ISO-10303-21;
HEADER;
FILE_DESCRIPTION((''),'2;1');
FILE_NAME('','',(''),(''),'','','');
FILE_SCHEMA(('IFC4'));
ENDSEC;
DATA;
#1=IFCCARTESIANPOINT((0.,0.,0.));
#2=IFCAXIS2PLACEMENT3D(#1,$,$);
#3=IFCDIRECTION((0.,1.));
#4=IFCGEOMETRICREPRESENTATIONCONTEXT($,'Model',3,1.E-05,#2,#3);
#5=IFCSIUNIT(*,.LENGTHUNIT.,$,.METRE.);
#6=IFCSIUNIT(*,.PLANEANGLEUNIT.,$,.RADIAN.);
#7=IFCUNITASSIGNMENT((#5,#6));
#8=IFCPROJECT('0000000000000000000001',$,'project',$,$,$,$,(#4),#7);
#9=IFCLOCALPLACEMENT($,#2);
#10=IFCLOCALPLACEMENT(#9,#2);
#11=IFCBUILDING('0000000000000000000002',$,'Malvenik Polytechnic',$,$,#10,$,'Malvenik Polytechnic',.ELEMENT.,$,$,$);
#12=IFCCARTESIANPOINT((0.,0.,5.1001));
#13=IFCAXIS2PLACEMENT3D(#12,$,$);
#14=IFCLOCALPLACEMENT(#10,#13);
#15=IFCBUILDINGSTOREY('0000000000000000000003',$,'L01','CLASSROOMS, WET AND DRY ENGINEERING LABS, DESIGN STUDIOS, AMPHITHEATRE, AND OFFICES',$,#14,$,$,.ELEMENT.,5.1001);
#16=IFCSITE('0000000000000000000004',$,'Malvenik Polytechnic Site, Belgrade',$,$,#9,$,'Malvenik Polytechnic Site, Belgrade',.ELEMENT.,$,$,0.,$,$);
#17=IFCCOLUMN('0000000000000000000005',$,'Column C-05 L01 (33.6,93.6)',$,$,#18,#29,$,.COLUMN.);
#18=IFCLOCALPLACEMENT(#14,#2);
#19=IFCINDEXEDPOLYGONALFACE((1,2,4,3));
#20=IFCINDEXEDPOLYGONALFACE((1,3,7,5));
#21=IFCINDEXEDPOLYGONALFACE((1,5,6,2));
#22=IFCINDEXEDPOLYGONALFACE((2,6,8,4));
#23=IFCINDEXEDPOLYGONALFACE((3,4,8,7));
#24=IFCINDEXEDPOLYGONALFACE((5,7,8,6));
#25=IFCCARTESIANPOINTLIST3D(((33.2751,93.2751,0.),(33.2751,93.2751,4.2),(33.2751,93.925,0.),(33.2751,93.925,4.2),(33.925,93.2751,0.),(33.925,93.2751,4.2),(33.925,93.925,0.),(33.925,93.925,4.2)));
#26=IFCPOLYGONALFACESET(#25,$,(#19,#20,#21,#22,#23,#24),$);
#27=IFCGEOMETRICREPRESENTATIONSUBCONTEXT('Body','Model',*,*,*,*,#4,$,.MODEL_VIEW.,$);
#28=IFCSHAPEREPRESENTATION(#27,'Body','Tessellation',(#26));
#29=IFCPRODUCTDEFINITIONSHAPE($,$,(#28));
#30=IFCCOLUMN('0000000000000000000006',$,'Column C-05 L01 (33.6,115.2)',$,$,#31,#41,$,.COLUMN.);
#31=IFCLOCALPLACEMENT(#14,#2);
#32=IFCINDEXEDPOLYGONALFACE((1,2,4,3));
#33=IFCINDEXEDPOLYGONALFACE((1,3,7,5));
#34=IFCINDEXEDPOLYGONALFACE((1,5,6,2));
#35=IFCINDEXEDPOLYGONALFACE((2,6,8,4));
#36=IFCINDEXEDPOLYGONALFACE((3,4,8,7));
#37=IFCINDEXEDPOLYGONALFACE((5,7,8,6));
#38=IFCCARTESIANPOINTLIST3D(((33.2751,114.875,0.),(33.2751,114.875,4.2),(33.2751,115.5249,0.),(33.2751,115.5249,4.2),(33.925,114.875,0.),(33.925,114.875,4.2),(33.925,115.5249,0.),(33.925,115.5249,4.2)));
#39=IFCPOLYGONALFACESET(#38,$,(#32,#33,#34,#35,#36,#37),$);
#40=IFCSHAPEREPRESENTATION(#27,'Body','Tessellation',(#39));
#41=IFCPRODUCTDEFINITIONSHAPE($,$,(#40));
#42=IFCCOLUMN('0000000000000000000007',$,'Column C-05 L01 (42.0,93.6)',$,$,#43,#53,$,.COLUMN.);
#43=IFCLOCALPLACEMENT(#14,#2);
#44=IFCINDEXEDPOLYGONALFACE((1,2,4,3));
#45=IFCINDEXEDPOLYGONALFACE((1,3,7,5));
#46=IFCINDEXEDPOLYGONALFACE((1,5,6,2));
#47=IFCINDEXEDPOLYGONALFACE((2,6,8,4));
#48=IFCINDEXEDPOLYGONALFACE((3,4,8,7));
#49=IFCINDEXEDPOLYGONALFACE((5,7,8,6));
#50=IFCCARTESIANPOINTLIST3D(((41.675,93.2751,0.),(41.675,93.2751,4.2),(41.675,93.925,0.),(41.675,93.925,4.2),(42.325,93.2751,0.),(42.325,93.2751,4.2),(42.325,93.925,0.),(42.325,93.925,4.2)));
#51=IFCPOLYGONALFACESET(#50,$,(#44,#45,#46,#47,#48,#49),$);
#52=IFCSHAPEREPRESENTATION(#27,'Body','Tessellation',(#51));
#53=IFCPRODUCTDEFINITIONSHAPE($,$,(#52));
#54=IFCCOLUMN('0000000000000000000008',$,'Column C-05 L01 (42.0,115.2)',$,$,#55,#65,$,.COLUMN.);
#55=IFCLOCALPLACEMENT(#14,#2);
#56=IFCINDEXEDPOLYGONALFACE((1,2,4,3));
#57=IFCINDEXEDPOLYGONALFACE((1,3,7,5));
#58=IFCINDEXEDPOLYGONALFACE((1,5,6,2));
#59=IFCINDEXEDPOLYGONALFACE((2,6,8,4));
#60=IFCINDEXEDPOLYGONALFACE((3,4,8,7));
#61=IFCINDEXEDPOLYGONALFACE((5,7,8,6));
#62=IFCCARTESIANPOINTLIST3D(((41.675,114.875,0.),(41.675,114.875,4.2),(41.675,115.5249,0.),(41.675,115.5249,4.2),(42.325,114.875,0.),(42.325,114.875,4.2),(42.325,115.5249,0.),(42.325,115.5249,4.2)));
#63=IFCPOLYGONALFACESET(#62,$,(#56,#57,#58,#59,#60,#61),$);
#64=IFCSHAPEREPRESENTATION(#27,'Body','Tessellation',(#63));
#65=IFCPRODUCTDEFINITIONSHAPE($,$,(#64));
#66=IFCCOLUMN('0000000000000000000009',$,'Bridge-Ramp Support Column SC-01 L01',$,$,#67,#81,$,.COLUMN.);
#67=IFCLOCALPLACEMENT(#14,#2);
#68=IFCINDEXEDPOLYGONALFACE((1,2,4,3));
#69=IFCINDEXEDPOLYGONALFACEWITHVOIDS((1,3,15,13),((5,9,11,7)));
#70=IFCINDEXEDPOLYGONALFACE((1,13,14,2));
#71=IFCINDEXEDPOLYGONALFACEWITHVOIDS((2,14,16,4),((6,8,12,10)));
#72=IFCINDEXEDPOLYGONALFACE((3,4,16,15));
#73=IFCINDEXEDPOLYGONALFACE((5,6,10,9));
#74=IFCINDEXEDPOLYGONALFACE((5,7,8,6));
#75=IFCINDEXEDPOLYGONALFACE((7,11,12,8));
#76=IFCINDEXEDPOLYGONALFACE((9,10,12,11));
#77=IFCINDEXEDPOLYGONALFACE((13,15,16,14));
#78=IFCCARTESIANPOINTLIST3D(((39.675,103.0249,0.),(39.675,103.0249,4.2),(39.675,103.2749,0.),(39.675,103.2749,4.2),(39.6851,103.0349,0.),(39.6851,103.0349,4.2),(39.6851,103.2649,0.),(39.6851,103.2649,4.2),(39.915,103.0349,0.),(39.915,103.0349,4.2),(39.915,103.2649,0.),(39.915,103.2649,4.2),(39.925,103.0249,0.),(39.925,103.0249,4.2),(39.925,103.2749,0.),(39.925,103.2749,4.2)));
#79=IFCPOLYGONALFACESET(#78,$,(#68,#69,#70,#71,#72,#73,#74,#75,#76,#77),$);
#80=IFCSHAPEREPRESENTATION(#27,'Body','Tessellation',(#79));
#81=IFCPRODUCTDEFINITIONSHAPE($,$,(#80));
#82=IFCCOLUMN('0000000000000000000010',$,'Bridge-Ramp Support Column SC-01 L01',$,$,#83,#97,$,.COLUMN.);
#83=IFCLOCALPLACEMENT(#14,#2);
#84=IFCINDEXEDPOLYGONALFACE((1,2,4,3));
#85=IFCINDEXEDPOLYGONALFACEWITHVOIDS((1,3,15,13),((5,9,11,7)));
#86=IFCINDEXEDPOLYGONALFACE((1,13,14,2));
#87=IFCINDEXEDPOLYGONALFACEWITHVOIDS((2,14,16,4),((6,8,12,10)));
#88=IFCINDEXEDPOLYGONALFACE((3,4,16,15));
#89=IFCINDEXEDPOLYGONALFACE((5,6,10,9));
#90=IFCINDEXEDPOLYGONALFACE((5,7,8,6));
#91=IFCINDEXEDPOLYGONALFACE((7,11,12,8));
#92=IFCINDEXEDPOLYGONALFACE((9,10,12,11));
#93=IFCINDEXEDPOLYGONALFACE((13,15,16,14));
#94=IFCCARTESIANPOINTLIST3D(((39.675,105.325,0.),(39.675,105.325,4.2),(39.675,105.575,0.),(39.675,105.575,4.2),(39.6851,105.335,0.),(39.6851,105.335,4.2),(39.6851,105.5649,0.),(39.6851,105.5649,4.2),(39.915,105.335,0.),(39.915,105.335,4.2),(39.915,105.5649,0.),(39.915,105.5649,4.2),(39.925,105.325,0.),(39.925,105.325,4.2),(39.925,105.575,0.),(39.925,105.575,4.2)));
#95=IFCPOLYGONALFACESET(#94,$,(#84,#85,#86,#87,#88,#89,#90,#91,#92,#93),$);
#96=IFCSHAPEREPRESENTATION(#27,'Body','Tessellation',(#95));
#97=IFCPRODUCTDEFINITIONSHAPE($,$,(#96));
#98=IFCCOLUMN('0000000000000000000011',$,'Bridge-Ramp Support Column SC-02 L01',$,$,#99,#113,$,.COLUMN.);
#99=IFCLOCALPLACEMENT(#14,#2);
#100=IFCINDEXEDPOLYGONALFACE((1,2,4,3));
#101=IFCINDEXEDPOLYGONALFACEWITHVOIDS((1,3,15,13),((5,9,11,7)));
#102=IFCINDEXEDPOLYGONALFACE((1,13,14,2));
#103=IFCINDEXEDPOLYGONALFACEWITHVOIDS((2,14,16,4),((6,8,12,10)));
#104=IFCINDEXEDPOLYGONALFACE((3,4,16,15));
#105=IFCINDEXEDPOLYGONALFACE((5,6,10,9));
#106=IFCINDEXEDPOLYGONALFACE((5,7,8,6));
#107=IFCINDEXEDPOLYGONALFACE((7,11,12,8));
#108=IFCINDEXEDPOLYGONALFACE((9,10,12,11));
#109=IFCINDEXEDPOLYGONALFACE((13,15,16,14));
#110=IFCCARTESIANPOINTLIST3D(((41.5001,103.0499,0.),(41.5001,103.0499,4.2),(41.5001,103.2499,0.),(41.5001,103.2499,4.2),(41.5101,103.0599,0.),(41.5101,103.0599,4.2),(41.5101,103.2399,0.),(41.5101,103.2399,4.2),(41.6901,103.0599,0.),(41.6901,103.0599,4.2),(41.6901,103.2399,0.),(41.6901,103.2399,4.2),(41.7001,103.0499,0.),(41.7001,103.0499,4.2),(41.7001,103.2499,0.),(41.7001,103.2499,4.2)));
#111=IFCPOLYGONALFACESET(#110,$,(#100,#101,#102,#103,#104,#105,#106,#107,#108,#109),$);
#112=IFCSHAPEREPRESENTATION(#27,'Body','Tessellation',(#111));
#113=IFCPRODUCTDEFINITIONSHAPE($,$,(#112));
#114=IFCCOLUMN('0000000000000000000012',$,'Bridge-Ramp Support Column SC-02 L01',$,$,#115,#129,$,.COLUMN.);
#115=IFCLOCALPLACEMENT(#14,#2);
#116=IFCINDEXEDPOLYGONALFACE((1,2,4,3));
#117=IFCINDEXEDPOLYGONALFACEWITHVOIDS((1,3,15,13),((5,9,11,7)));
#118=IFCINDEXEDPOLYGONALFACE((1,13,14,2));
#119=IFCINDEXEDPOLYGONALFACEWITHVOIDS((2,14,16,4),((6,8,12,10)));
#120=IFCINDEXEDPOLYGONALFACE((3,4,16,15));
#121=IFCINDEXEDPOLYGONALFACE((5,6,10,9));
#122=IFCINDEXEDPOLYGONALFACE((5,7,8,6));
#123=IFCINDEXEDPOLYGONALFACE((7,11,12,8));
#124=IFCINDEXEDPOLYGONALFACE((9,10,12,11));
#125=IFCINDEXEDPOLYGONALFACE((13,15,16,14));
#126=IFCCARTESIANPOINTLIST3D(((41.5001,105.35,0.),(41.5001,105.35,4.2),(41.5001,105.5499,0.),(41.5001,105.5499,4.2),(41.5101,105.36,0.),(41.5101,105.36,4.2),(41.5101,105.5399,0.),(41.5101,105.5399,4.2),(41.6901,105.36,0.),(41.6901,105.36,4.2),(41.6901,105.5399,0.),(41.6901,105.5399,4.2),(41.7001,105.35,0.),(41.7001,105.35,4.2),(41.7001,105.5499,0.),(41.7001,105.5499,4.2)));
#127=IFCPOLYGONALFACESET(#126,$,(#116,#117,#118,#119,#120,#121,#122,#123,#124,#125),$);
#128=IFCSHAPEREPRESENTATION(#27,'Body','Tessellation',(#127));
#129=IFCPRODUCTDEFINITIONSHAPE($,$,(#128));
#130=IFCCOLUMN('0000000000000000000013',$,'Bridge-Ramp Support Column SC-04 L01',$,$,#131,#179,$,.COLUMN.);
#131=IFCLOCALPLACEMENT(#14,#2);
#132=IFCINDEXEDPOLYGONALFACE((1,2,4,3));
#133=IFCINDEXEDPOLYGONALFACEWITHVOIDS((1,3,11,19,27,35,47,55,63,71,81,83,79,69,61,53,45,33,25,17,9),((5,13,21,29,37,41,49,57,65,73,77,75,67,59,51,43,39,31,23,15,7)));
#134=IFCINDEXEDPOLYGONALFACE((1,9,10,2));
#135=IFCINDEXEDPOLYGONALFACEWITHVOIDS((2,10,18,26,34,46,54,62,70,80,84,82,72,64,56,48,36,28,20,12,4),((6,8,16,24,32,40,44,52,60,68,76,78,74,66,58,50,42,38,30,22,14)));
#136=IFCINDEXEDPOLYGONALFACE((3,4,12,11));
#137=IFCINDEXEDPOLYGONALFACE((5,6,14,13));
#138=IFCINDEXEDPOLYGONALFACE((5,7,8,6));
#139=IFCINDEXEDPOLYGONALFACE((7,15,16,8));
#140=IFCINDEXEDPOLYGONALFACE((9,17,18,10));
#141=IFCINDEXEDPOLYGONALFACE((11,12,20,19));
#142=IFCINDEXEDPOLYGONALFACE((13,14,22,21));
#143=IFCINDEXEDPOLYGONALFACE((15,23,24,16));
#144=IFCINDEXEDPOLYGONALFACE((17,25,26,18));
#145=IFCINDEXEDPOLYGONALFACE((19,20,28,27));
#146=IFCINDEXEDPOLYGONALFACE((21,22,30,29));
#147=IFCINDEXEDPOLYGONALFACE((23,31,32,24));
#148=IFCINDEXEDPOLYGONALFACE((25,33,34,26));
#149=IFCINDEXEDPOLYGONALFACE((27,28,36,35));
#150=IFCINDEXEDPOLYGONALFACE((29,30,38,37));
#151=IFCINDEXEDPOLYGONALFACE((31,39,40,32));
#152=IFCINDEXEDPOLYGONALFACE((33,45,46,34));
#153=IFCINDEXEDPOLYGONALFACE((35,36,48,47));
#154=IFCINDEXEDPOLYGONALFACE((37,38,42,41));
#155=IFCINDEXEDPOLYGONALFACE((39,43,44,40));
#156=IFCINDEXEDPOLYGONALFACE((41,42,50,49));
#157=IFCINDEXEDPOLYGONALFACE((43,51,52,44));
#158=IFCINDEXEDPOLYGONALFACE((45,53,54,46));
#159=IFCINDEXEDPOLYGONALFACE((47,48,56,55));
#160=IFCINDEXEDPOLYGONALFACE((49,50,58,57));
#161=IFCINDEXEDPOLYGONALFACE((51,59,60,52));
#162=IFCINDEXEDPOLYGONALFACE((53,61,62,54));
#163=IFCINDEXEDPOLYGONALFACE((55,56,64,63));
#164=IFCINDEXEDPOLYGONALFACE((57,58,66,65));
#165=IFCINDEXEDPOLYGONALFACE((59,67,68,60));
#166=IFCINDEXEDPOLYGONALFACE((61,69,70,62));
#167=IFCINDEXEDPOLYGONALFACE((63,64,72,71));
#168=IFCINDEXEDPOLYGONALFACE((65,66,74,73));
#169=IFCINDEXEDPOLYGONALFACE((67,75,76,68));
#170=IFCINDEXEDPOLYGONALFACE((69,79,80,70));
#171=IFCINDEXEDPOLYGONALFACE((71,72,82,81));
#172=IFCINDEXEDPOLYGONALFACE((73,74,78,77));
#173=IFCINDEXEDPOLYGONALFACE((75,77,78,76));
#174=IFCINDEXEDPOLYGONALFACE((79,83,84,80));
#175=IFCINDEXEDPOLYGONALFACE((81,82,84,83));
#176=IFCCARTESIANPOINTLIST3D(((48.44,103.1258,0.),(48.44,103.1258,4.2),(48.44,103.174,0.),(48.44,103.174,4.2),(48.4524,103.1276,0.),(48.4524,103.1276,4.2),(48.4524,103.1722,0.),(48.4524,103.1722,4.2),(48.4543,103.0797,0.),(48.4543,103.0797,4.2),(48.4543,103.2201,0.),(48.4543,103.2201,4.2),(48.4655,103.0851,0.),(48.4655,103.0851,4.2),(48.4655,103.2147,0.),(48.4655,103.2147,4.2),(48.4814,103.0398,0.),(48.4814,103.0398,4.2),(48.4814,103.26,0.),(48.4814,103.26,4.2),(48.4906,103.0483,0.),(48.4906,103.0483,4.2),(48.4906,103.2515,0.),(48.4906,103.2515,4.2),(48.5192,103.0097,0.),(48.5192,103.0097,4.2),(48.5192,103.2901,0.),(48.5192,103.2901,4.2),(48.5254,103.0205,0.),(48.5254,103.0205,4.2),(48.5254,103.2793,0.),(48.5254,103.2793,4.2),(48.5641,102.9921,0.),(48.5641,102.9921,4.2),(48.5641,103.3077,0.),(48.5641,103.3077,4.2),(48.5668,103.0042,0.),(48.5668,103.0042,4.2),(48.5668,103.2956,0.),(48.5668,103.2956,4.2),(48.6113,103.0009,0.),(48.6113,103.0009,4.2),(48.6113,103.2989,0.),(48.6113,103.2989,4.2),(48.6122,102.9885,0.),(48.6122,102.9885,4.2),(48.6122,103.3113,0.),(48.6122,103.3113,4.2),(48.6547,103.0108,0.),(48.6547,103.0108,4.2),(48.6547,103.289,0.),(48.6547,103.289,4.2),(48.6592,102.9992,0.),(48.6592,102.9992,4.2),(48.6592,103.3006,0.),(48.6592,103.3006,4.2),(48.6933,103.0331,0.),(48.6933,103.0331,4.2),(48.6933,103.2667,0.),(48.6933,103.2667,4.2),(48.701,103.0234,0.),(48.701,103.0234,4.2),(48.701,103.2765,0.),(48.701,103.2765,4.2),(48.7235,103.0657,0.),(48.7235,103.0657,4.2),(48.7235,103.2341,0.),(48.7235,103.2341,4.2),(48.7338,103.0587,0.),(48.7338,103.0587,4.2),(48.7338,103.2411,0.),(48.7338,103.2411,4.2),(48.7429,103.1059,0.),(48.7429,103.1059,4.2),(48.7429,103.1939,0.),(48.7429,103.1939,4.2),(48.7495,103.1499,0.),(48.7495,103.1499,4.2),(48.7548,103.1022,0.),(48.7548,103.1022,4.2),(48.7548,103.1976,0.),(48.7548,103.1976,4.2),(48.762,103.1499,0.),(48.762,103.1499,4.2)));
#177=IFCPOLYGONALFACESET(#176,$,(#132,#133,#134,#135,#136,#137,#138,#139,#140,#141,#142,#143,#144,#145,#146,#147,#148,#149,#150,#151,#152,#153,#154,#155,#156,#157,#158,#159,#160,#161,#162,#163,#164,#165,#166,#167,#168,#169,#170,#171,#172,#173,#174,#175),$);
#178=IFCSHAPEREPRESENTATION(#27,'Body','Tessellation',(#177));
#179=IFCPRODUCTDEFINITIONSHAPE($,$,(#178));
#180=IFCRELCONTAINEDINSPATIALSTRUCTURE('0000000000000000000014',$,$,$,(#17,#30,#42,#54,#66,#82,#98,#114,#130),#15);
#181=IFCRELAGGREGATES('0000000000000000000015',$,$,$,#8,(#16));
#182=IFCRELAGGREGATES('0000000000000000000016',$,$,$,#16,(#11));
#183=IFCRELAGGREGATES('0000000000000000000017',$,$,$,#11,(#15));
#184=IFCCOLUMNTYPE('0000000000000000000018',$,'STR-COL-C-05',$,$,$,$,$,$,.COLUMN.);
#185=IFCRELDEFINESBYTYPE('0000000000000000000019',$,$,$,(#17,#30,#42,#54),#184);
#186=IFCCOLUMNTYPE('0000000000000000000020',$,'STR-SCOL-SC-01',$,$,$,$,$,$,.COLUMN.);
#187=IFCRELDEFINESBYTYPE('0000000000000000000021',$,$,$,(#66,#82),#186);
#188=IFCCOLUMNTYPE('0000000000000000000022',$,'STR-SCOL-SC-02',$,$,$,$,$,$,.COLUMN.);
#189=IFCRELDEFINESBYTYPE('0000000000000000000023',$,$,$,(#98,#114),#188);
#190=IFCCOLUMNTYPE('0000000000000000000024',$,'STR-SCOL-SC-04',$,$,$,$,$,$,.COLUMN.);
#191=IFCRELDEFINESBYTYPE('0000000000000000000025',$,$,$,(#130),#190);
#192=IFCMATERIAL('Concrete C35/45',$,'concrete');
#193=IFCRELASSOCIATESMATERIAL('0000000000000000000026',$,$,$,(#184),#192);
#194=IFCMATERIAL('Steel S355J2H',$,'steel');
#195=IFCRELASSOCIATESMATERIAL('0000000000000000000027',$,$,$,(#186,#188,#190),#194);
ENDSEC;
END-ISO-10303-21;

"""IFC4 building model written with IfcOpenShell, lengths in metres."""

from ifc_helpers import new_model, si_unit, direction, frame, origin, origin_2d, place, context, subcontext, project, spatial, rectangle, hollow_rectangle, hollow_circle, extrude, material, material_profile, profile_set, type_object, element, save


model = new_model("IFC4")

# Units and contexts
model_context = context("Model", 3, precision=1e-05, world=origin(), true_north=direction((0.0, 1.0)))
body_context = subcontext(model_context, "Body", "Model", "MODEL_VIEW")
ifc_project = project(units=[si_unit("LENGTHUNIT", "METRE"), si_unit("PLANEANGLEUNIT", "RADIAN")], contexts=[model_context])

# Site, building, storey
site_placement = place(None, origin())
site = spatial("IfcSite", under=ifc_project, at=site_placement, Name="Malvenik Polytechnic Site, Belgrade", LongName="Malvenik Polytechnic Site, Belgrade", CompositionType="ELEMENT", RefElevation=0.0)
building_placement = place(site_placement, origin())
building = spatial("IfcBuilding", under=site, at=building_placement, Name="Malvenik Polytechnic", LongName="Malvenik Polytechnic", CompositionType="ELEMENT")
storey_placement = place(building_placement, frame((0.0, 0.0, 5.1001)))
storey = spatial("IfcBuildingStorey", under=building, at=storey_placement, Name="L01", Description="CLASSROOMS, WET AND DRY ENGINEERING LABS, DESIGN STUDIOS, AMPHITHEATRE, AND OFFICES", CompositionType="ELEMENT", Elevation=5.1001)

# Columns
ifc_material_1 = material(Name="Concrete C35/45", Category="concrete")
ifc_material_profile_1 = material_profile(ifc_material_1, rectangle(XDim=0.6499, YDim=0.6499, at=origin_2d()), Name="RC COL 650x650")
ifc_profile_set_1 = profile_set([ifc_material_profile_1], Name="Concrete C35/45")
column_type_1 = type_object("IfcColumnType", Name="STR-COL-C-05", PredefinedType="COLUMN", material=ifc_profile_set_1)
for number, where, z_axis, x_axis, name in (
    (1, (33.6001, 93.6001, 0.0), (0.0, 0.0, 1.0), (1.0, 0.0, 0.0), "Column C-05 L01 (33.6,93.6)"),
    (2, (33.6001, 115.2, 0.0), (0.0, 0.0, 1.0), (1.0, 0.0, 0.0), "Column C-05 L01 (33.6,115.2)"),
    (3, (42.0, 93.6001, 0.0), (0.0, 0.0, 1.0), (1.0, 0.0, 0.0), "Column C-05 L01 (42.0,93.6)"),
    (4, (42.0, 115.2, 0.0), (0.0, 0.0, 1.0), (1.0, 0.0, 0.0), "Column C-05 L01 (42.0,115.2)"),
):
    element("IfcColumn", number, at=place(storey_placement, frame(where, z_axis=z_axis, x_axis=x_axis)), inside=storey, type_object=column_type_1, Name=name, PredefinedType="COLUMN", context=body_context, shape_type="SweptSolid", body=[
        extrude(rectangle(XDim=0.6499, YDim=0.6499, at=origin_2d()), origin(), (0.0, 0.0, 1.0), 4.2),
    ])
ifc_material_2 = material(Name="Steel S355J2H", Category="steel")
ifc_material_profile_2 = material_profile(ifc_material_2, hollow_rectangle(XDim=0.25, YDim=0.25, WallThickness=0.01, at=origin_2d()), Name="SHS 250x250x10.0")
ifc_profile_set_2 = profile_set([ifc_material_profile_2], Name="Steel S355J2H")
column_type_2 = type_object("IfcColumnType", Name="STR-SCOL-SC-01", PredefinedType="COLUMN", material=ifc_profile_set_2)
for number, where, z_axis, x_axis, name in (
    (5, (39.8, 103.1499, 0.0), (0.0, 0.0, 1.0), (1.0, 0.0, 0.0), "Bridge-Ramp Support Column SC-01 L01"),
    (6, (39.8, 105.45, 0.0), (0.0, 0.0, 1.0), (1.0, 0.0, 0.0), "Bridge-Ramp Support Column SC-01 L01"),
):
    element("IfcColumn", number, at=place(storey_placement, frame(where, z_axis=z_axis, x_axis=x_axis)), inside=storey, type_object=column_type_2, Name=name, PredefinedType="COLUMN", context=body_context, shape_type="SweptSolid", body=[
        extrude(hollow_rectangle(XDim=0.25, YDim=0.25, WallThickness=0.01, at=origin_2d()), origin(), (0.0, 0.0, 1.0), 4.2),
    ])
ifc_material_profile_3 = material_profile(ifc_material_2, hollow_rectangle(XDim=0.2, YDim=0.2, WallThickness=0.01, at=origin_2d()), Name="SHS 200x200x10.0")
ifc_profile_set_3 = profile_set([ifc_material_profile_3], Name="Steel S355J2H")
column_type_3 = type_object("IfcColumnType", Name="STR-SCOL-SC-02", PredefinedType="COLUMN", material=ifc_profile_set_3)
for number, where, z_axis, x_axis, name in (
    (7, (41.6001, 103.1499, 0.0), (0.0, 0.0, 1.0), (1.0, 0.0, 0.0), "Bridge-Ramp Support Column SC-02 L01"),
    (8, (41.6001, 105.45, 0.0), (0.0, 0.0, 1.0), (1.0, 0.0, 0.0), "Bridge-Ramp Support Column SC-02 L01"),
):
    element("IfcColumn", number, at=place(storey_placement, frame(where, z_axis=z_axis, x_axis=x_axis)), inside=storey, type_object=column_type_3, Name=name, PredefinedType="COLUMN", context=body_context, shape_type="SweptSolid", body=[
        extrude(hollow_rectangle(XDim=0.2, YDim=0.2, WallThickness=0.01, at=origin_2d()), origin(), (0.0, 0.0, 1.0), 4.2),
    ])
ifc_material_profile_4 = material_profile(ifc_material_2, hollow_circle(Radius=0.1619, WallThickness=0.0125, at=origin_2d()), Name="CHS 323.9x12.5")
ifc_profile_set_4 = profile_set([ifc_material_profile_4], Name="Steel S355J2H")
column_type_4 = type_object("IfcColumnType", Name="STR-SCOL-SC-04", PredefinedType="COLUMN", material=ifc_profile_set_4)
for number, where, z_axis, x_axis, name in (
    (9, (48.6001, 103.1499, 0.0), (0.0, 0.0, 1.0), (1.0, 0.0, 0.0), "Bridge-Ramp Support Column SC-04 L01"),
):
    element("IfcColumn", number, at=place(storey_placement, frame(where, z_axis=z_axis, x_axis=x_axis)), inside=storey, type_object=column_type_4, Name=name, PredefinedType="COLUMN", context=body_context, shape_type="SweptSolid", body=[
        extrude(hollow_circle(Radius=0.1619, WallThickness=0.0125, at=origin_2d()), origin(), (0.0, 0.0, 1.0), 4.2),
    ])

save(model, "model.ifc")
